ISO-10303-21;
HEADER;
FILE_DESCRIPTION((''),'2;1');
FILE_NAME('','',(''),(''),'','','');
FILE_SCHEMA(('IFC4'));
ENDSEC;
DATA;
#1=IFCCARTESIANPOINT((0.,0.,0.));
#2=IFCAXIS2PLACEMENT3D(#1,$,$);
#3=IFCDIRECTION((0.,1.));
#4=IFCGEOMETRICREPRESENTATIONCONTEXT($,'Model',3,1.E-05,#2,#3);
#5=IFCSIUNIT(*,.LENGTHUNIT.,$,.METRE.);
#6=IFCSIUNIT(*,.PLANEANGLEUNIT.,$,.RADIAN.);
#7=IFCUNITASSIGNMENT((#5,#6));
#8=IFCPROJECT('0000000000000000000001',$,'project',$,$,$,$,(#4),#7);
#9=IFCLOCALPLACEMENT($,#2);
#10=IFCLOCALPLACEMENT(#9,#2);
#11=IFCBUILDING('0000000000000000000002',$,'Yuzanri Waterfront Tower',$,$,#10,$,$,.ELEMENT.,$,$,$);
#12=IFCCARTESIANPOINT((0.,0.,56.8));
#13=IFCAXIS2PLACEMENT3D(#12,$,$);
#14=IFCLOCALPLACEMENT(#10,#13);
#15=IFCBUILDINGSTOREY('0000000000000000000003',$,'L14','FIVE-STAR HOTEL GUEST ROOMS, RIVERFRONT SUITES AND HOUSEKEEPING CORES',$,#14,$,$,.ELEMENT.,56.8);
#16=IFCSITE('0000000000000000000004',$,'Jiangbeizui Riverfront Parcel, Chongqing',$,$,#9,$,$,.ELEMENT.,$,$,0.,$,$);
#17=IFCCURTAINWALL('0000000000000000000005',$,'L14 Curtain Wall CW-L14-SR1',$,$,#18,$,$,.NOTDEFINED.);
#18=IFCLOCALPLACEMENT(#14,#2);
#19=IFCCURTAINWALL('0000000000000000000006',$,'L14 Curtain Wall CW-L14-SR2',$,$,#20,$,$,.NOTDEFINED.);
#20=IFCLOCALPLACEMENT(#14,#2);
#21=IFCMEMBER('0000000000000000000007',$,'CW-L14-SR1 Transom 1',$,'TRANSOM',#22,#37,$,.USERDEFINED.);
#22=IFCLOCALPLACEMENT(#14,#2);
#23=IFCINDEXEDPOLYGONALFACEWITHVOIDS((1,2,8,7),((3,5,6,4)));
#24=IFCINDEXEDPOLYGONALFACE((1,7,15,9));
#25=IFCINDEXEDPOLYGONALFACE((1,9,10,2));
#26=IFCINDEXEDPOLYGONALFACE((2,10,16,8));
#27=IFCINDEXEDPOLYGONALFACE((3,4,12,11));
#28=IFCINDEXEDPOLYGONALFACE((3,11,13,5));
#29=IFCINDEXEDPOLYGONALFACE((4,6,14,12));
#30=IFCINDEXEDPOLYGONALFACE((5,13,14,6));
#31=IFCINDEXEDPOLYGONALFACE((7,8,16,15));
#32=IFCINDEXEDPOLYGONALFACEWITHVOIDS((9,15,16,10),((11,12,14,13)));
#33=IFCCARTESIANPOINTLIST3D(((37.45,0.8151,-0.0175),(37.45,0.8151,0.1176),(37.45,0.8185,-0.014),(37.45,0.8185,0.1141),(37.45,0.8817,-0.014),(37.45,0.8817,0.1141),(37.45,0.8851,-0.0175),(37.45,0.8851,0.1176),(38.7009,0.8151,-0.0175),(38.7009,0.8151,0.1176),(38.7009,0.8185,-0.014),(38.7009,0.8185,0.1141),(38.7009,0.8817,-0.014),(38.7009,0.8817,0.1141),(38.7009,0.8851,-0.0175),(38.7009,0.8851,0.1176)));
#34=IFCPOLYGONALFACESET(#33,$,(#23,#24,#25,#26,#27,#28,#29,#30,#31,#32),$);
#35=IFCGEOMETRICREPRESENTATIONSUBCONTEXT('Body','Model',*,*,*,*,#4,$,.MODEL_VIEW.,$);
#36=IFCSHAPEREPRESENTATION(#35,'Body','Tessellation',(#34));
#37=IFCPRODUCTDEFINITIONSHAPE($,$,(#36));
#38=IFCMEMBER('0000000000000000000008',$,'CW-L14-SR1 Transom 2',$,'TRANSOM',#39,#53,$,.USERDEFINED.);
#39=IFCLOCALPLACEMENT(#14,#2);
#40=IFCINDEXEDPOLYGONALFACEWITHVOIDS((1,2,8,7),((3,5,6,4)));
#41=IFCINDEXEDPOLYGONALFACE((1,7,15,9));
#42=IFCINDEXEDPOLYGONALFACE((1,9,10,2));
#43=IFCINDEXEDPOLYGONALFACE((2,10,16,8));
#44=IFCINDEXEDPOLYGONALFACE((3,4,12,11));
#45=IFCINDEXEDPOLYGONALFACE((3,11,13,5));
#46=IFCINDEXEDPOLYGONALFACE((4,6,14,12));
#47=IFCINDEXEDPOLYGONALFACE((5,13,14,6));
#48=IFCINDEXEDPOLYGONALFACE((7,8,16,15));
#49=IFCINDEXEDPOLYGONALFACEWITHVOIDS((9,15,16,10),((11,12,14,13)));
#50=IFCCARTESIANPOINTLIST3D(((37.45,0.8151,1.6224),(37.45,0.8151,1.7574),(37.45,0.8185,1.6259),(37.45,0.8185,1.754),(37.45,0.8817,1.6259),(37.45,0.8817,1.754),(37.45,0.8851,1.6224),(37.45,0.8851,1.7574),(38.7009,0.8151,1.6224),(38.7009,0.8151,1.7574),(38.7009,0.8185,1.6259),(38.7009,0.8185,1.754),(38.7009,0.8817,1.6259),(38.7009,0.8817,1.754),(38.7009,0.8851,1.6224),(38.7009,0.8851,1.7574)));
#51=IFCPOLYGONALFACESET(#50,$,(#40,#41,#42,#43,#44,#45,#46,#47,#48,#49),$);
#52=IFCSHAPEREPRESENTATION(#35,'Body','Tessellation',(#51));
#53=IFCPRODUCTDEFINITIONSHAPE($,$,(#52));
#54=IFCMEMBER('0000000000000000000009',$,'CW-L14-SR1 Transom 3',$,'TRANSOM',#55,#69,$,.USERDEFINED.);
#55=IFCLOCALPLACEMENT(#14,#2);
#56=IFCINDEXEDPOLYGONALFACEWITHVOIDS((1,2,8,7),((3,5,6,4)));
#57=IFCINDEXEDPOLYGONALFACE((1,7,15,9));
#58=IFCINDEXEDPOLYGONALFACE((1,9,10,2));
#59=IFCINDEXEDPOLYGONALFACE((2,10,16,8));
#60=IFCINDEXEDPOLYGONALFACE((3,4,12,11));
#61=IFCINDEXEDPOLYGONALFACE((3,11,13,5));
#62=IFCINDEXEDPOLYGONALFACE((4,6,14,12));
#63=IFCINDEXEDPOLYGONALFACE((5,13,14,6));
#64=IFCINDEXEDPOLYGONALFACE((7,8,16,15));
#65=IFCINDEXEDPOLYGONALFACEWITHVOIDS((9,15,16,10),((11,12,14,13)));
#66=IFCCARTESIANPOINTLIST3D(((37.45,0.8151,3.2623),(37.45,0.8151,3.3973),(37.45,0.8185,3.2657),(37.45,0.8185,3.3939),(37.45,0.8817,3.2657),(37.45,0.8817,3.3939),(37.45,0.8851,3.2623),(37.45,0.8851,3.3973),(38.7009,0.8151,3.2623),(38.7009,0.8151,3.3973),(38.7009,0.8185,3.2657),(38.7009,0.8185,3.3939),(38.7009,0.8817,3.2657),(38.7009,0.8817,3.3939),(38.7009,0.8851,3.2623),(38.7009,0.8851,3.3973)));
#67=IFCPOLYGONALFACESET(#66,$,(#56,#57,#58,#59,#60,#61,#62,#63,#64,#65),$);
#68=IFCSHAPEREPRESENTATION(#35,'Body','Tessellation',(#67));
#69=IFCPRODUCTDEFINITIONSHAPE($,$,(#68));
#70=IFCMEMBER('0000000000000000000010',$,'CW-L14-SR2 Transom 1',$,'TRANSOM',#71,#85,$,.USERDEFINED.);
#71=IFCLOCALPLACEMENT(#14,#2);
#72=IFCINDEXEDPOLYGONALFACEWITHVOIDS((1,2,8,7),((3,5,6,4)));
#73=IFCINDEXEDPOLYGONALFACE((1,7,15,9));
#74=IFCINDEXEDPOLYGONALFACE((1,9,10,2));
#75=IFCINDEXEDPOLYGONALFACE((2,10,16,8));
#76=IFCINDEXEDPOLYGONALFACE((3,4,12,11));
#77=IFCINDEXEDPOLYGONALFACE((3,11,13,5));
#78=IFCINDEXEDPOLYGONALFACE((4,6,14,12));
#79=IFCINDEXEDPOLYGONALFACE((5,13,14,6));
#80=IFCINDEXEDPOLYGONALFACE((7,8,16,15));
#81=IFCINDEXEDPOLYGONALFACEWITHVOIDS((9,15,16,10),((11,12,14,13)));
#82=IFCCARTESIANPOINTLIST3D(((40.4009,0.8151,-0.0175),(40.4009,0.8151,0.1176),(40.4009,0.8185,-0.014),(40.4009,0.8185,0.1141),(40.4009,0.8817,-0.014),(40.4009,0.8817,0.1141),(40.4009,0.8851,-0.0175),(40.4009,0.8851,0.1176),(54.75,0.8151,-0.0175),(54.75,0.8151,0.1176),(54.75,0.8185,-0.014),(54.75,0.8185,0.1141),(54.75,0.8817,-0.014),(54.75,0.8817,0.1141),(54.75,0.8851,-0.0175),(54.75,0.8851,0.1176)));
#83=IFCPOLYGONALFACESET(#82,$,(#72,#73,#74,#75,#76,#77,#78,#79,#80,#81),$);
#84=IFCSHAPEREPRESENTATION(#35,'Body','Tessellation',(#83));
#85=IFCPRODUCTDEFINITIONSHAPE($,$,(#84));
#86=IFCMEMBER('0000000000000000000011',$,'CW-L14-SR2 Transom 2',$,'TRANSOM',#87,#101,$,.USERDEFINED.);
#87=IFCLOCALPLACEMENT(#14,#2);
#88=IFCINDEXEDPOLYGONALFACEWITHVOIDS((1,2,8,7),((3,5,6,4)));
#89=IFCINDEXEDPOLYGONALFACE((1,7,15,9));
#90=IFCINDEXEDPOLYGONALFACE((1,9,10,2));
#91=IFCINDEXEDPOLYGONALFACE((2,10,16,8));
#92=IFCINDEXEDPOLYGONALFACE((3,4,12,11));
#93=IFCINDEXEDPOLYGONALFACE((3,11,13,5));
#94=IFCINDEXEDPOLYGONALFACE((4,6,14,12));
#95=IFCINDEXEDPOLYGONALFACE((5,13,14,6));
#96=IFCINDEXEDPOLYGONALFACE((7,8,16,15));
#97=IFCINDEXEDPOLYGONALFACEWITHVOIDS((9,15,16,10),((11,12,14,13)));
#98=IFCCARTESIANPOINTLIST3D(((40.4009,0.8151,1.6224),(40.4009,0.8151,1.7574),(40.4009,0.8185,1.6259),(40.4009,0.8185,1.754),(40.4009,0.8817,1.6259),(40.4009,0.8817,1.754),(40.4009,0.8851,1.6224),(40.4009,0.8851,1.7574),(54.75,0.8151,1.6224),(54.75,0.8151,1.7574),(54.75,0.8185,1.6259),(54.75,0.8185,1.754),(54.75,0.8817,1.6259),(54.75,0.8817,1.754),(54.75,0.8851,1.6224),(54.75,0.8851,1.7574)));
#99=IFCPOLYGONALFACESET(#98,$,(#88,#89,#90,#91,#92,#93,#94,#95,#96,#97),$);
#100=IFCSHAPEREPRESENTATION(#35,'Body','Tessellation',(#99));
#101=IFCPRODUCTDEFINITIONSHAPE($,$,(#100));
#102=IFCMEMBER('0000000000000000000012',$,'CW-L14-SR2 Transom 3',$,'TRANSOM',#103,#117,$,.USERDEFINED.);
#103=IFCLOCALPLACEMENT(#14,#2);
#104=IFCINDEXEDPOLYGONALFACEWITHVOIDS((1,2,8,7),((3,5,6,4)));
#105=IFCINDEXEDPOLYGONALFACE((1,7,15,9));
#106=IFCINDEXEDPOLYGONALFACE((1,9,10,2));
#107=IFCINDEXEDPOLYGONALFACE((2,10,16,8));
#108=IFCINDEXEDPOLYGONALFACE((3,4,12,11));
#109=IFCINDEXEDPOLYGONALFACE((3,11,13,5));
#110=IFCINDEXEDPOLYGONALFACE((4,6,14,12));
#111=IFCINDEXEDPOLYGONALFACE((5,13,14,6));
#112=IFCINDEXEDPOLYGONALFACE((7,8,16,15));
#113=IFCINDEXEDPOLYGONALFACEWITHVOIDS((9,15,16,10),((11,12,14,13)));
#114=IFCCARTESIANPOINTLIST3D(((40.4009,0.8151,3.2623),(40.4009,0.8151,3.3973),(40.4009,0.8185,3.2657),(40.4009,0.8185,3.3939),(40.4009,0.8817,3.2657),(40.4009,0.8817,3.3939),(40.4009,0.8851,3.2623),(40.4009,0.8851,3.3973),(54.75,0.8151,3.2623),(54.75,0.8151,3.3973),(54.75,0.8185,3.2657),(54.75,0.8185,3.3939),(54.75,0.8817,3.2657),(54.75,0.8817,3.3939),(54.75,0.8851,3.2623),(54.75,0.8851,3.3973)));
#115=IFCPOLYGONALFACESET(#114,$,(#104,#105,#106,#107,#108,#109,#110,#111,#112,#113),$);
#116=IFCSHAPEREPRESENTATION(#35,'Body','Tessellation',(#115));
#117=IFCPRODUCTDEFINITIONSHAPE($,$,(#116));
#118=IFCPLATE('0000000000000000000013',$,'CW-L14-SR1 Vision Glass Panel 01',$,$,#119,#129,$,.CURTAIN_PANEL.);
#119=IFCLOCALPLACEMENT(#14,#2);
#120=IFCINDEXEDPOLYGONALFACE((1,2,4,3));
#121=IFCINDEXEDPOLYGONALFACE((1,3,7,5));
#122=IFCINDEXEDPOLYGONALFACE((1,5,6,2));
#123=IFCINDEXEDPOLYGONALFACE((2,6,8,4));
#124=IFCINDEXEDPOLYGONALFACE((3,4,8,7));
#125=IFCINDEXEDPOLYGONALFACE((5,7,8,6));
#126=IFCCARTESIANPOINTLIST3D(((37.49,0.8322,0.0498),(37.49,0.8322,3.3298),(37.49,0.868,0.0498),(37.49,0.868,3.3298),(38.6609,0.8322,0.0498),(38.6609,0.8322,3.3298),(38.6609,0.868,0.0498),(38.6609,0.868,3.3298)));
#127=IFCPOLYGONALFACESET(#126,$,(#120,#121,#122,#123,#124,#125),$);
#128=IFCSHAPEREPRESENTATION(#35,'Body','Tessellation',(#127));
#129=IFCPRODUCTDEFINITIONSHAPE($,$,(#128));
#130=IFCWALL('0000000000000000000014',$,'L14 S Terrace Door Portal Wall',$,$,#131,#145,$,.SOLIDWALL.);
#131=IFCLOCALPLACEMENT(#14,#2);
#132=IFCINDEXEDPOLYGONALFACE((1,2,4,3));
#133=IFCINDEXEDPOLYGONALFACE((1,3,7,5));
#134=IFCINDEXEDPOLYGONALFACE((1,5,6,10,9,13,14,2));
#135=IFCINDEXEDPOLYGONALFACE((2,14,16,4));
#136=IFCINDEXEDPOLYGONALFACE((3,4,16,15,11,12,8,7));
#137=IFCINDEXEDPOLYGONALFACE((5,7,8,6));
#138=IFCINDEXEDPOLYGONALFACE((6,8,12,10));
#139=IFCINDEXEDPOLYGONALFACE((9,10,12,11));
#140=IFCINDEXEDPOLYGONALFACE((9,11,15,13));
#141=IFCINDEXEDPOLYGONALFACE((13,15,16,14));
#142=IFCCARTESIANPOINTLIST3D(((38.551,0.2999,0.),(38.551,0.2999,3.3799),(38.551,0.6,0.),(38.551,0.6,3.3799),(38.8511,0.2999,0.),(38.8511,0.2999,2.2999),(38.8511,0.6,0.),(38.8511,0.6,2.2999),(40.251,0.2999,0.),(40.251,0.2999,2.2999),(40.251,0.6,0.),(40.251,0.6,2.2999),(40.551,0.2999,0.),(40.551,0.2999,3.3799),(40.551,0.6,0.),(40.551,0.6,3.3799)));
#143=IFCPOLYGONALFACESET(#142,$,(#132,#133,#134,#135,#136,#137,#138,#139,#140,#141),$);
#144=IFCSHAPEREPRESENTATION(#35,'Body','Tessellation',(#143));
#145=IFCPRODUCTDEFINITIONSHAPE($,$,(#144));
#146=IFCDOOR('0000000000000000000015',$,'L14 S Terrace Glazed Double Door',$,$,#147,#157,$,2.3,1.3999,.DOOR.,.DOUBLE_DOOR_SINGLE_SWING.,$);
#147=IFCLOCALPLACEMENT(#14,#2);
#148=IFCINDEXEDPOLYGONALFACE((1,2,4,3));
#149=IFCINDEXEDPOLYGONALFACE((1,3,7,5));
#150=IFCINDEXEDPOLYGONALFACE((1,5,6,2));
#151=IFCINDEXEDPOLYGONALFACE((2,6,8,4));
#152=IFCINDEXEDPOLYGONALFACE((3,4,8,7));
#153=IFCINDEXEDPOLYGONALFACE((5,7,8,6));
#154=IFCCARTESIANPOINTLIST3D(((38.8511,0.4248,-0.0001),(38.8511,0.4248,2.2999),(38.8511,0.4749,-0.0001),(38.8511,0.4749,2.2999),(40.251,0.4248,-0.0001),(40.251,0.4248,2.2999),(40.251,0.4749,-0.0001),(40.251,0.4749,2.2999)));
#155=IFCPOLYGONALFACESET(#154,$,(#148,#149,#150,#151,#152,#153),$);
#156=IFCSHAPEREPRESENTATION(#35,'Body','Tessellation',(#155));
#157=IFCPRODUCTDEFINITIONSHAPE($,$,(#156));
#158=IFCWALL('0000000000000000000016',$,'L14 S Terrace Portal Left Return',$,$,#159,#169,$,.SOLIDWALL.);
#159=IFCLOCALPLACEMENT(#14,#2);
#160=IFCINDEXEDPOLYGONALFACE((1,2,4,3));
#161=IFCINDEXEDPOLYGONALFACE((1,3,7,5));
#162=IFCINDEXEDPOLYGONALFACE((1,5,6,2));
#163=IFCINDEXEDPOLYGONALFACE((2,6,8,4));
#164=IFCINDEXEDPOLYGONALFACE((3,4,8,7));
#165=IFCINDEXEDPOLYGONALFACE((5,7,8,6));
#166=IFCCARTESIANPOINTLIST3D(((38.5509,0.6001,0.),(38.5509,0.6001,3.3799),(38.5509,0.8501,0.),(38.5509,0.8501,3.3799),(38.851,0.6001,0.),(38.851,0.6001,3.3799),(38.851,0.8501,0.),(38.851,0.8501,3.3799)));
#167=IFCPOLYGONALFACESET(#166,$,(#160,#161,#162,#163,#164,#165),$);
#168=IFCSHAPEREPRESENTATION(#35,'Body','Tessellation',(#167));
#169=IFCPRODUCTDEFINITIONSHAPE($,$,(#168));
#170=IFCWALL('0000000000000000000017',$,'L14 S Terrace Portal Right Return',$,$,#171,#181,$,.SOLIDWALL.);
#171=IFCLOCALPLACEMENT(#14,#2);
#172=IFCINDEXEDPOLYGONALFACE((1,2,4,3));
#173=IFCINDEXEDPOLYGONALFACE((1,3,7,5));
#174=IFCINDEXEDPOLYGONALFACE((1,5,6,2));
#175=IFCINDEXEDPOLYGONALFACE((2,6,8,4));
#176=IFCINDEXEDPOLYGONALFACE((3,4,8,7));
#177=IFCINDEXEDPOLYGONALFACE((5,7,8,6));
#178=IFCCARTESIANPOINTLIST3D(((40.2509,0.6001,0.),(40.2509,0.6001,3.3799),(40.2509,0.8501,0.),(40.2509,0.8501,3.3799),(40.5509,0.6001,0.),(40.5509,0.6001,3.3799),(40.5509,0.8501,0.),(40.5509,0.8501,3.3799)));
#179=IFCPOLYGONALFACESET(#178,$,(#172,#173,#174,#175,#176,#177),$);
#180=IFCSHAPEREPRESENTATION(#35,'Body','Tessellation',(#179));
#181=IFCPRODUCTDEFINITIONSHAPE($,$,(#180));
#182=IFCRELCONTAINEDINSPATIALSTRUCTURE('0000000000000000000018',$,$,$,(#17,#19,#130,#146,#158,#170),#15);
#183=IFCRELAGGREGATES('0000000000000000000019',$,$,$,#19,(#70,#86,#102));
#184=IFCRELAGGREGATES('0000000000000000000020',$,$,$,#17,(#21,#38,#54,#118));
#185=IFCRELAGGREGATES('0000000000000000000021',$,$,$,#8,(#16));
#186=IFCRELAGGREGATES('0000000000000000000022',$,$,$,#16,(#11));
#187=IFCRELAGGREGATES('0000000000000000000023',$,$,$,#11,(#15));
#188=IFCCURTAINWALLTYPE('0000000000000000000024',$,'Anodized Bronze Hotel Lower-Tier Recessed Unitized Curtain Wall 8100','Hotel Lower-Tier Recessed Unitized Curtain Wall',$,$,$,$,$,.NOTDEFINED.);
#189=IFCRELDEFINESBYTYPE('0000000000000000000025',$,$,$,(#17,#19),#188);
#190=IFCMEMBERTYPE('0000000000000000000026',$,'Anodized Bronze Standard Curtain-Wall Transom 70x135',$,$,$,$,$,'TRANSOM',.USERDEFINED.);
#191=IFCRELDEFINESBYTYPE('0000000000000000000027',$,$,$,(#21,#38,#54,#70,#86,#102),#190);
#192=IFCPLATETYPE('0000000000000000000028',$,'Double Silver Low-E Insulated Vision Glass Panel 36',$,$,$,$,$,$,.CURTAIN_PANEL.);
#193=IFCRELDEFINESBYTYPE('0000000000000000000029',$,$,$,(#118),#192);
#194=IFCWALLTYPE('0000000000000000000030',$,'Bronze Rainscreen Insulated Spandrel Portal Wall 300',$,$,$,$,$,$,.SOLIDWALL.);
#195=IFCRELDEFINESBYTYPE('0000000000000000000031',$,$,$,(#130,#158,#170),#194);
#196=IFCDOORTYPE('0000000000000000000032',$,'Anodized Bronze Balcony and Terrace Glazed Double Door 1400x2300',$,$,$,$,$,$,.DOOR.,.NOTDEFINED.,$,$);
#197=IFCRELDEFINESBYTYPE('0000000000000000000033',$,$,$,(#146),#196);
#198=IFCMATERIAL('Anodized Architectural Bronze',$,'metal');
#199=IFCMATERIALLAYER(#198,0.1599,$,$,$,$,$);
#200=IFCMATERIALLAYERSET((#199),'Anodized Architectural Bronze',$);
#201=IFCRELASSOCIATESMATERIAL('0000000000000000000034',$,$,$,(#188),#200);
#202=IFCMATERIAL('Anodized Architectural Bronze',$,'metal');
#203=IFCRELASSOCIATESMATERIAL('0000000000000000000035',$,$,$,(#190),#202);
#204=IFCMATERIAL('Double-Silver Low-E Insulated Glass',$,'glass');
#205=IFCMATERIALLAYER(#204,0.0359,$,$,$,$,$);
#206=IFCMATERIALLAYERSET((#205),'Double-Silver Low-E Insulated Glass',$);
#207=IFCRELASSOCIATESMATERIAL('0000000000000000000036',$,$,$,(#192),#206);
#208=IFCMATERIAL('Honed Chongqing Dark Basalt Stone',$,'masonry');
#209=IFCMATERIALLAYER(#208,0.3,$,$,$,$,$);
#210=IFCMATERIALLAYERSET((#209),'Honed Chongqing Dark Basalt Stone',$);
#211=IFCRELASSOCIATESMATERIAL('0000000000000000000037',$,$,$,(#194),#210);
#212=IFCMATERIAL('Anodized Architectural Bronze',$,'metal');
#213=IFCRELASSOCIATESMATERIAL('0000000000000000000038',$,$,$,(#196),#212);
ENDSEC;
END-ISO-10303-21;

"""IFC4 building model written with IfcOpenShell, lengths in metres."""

from ifc_helpers import new_model, si_unit, direction, frame, frame_2d, origin, origin_2d, place, context, subcontext, project, spatial, rectangle, hollow_rectangle, extrude, source, transform, mapped, material, layer, layer_set, material_profile, profile_set, type_object, element, fill, aggregate, save


model = new_model("IFC4")

# Units and contexts
model_context = context("Model", 3, precision=1e-05, world=origin(), true_north=direction((0.0, 1.0)))
body_context = subcontext(model_context, "Body", "Model", "MODEL_VIEW")
ifc_project = project(units=[si_unit("LENGTHUNIT", "METRE"), si_unit("PLANEANGLEUNIT", "RADIAN")], contexts=[model_context])

# Site, building, storey
site_placement = place(None, origin())
site = spatial("IfcSite", under=ifc_project, at=site_placement, Name="Jiangbeizui Riverfront Parcel, Chongqing", CompositionType="ELEMENT", RefElevation=0.0)
building_placement = place(site_placement, origin())
building = spatial("IfcBuilding", under=site, at=building_placement, Name="Yuzanri Waterfront Tower", CompositionType="ELEMENT")
storey_placement = place(building_placement, frame((0.0, 0.0, 56.8)))
storey = spatial("IfcBuildingStorey", under=building, at=storey_placement, Name="L14", Description="FIVE-STAR HOTEL GUEST ROOMS, RIVERFRONT SUITES AND HOUSEKEEPING CORES", CompositionType="ELEMENT", Elevation=56.8)

# Curtain walls
ifc_material_1 = material(Name="Anodized Architectural Bronze", Category="metal")
ifc_layer_1 = layer(ifc_material_1, 0.1599)
ifc_layer_set_1 = layer_set([ifc_layer_1], Name="Anodized Architectural Bronze")
curtain_wall_type = type_object("IfcCurtainWallType", Name="Anodized Bronze Hotel Lower-Tier Recessed Unitized Curtain Wall 8100", Description="Hotel Lower-Tier Recessed Unitized Curtain Wall", PredefinedType="NOTDEFINED", material=ifc_layer_set_1)
curtain_wall_1_placement = place(storey_placement, origin())
curtain_wall_1 = element("IfcCurtainWall", 1, at=curtain_wall_1_placement, inside=storey, type_object=curtain_wall_type, Name="L14 Curtain Wall CW-L14-SR1", PredefinedType="NOTDEFINED")
curtain_wall_2_placement = place(storey_placement, origin())
curtain_wall_2 = element("IfcCurtainWall", 2, at=curtain_wall_2_placement, inside=storey, type_object=curtain_wall_type, Name="L14 Curtain Wall CW-L14-SR2", PredefinedType="NOTDEFINED")

# Members
ifc_material_2 = material(Name="Anodized Architectural Bronze", Category="metal")
ifc_material_profile_1 = material_profile(ifc_material_2, hollow_rectangle(XDim=0.0701, YDim=0.135, WallThickness=0.0034, at=origin_2d()), Name="CWT 70x135")
ifc_profile_set_1 = profile_set([ifc_material_profile_1], Name="Anodized Architectural Bronze")
member_type_1 = type_object("IfcMemberType", Name="Anodized Bronze Standard Curtain-Wall Transom 70x135", ElementType="TRANSOM", PredefinedType="USERDEFINED", material=ifc_profile_set_1)
shared_shape_1 = source(origin(), body_context, "Body", "SweptSolid", [
    extrude(hollow_rectangle(XDim=0.0701, YDim=0.135, WallThickness=0.0034, at=origin_2d()), origin(), (0.0, 0.0, 1.0), 1.251),
])
member_1_placement = place(storey_placement, frame((37.45, 0.8501, 0.05), z_axis=(1.0, 0.0, 0.0), x_axis=(0.0, 1.0, 0.0)))
member_1 = element("IfcMember", 3, at=member_1_placement, type_object=member_type_1, Name="CW-L14-SR1 Transom 1", ObjectType="TRANSOM", PredefinedType="USERDEFINED", context=body_context, shape_type="MappedRepresentation", body=[
    mapped(shared_shape_1, transform((0.0, 0.0, 0.0), scale=1.0)),
])
member_2_placement = place(storey_placement, frame((37.45, 0.8501, 1.6899), z_axis=(1.0, 0.0, 0.0), x_axis=(0.0, 1.0, 0.0)))
member_2 = element("IfcMember", 4, at=member_2_placement, type_object=member_type_1, Name="CW-L14-SR1 Transom 2", ObjectType="TRANSOM", PredefinedType="USERDEFINED", context=body_context, shape_type="MappedRepresentation", body=[
    mapped(shared_shape_1, transform((0.0, 0.0, 0.0), scale=1.0)),
])
member_3_placement = place(storey_placement, frame((37.45, 0.8501, 3.3298), z_axis=(1.0, 0.0, 0.0), x_axis=(0.0, 1.0, 0.0)))
member_3 = element("IfcMember", 5, at=member_3_placement, type_object=member_type_1, Name="CW-L14-SR1 Transom 3", ObjectType="TRANSOM", PredefinedType="USERDEFINED", context=body_context, shape_type="MappedRepresentation", body=[
    mapped(shared_shape_1, transform((0.0, 0.0, 0.0), scale=1.0)),
])
shared_shape_2 = source(origin(), body_context, "Body", "SweptSolid", [
    extrude(hollow_rectangle(XDim=0.0701, YDim=0.135, WallThickness=0.0034, at=origin_2d()), origin(), (0.0, 0.0, 1.0), 14.3491),
])
member_4_placement = place(storey_placement, frame((40.4009, 0.8501, 0.05), z_axis=(1.0, 0.0, 0.0), x_axis=(0.0, 1.0, 0.0)))
member_4 = element("IfcMember", 6, at=member_4_placement, type_object=member_type_1, Name="CW-L14-SR2 Transom 1", ObjectType="TRANSOM", PredefinedType="USERDEFINED", context=body_context, shape_type="MappedRepresentation", body=[
    mapped(shared_shape_2, transform((0.0, 0.0, 0.0), scale=1.0)),
])
member_5_placement = place(storey_placement, frame((40.4009, 0.8501, 1.6899), z_axis=(1.0, 0.0, 0.0), x_axis=(0.0, 1.0, 0.0)))
member_5 = element("IfcMember", 7, at=member_5_placement, type_object=member_type_1, Name="CW-L14-SR2 Transom 2", ObjectType="TRANSOM", PredefinedType="USERDEFINED", context=body_context, shape_type="MappedRepresentation", body=[
    mapped(shared_shape_2, transform((0.0, 0.0, 0.0), scale=1.0)),
])
member_6_placement = place(storey_placement, frame((40.4009, 0.8501, 3.3298), z_axis=(1.0, 0.0, 0.0), x_axis=(0.0, 1.0, 0.0)))
member_6 = element("IfcMember", 8, at=member_6_placement, type_object=member_type_1, Name="CW-L14-SR2 Transom 3", ObjectType="TRANSOM", PredefinedType="USERDEFINED", context=body_context, shape_type="MappedRepresentation", body=[
    mapped(shared_shape_2, transform((0.0, 0.0, 0.0), scale=1.0)),
])
aggregate(curtain_wall_2, [member_4, member_5, member_6])

# Plate
ifc_material_3 = material(Name="Double-Silver Low-E Insulated Glass", Category="glass")
ifc_layer_2 = layer(ifc_material_3, 0.0359)
ifc_layer_set_2 = layer_set([ifc_layer_2], Name="Double-Silver Low-E Insulated Glass")
plate_type = type_object("IfcPlateType", Name="Double Silver Low-E Insulated Vision Glass Panel 36", PredefinedType="CURTAIN_PANEL", material=ifc_layer_set_2)
shared_shape_3 = source(origin(), body_context, "Body", "SweptSolid", [
    extrude(rectangle(XDim=1.1709, YDim=0.0359, at=origin_2d()), origin(), (0.0, 0.0, 1.0), 3.28),
])
plate_placement = place(storey_placement, frame((38.0754, 0.8501, 0.0498), z_axis=(0.0, 0.0, 1.0), x_axis=(1.0, 0.0, 0.0)))
plate = element("IfcPlate", 9, at=plate_placement, type_object=plate_type, Name="CW-L14-SR1 Vision Glass Panel 01", PredefinedType="CURTAIN_PANEL", context=body_context, shape_type="MappedRepresentation", body=[
    mapped(shared_shape_3, transform((0.0, 0.0, 0.0), scale=1.0)),
])
aggregate(curtain_wall_1, [member_1, member_2, member_3, plate])

# Wall, opening, door
ifc_material_4 = material(Name="Honed Chongqing Dark Basalt Stone", Category="masonry")
ifc_layer_3 = layer(ifc_material_4, 0.3)
ifc_layer_set_3 = layer_set([ifc_layer_3], Name="Honed Chongqing Dark Basalt Stone")
wall_type = type_object("IfcWallType", Name="Bronze Rainscreen Insulated Spandrel Portal Wall 300", PredefinedType="SOLIDWALL", material=ifc_layer_set_3)
wall_placement = place(storey_placement, frame((38.551, 0.45, 0.0), z_axis=(0.0, 0.0, 1.0), x_axis=(1.0, 0.0, 0.0)))
wall = element("IfcWall", 10, at=wall_placement, inside=storey, type_object=wall_type, Name="L14 S Terrace Door Portal Wall", PredefinedType="SOLIDWALL", context=body_context, shape_type="SweptSolid", body=[
    extrude(rectangle(XDim=2.0, YDim=0.3, at=frame_2d((1.0, 0.0))), origin(), (0.0, 0.0, 1.0), 3.3799),
])
opening_placement = place(wall_placement, frame((0.3, 0.0, 0.0)))
opening = element("IfcOpeningElement", 11, at=opening_placement, cuts=wall, PredefinedType="OPENING", context=body_context, shape_type="SweptSolid", body=[
    extrude(rectangle(XDim=1.3999, YDim=2.3, at=frame_2d((0.7, 1.1499))), frame((0.0, 0.165, 0.0), z_axis=(0.0, -1.0, 0.0), x_axis=(1.0, 0.0, 0.0)), (0.0, 0.0, 1.0), 0.3298),
])
ifc_material_5 = material(Name="Anodized Architectural Bronze", Category="metal")
door_type = type_object("IfcDoorType", Name="Anodized Bronze Balcony and Terrace Glazed Double Door 1400x2300", OperationType="NOTDEFINED", PredefinedType="DOOR", material=ifc_material_5)
shared_shape_4 = source(origin(), body_context, "Body", "SweptSolid", [
    extrude(rectangle(XDim=1.3999, YDim=2.3, at=frame_2d((0.7, 1.1499))), frame((0.0, 0.0249, 0.0), z_axis=(0.0, -1.0, 0.0), x_axis=(1.0, 0.0, 0.0)), (0.0, 0.0, 1.0), 0.05),
])
door_placement = place(opening_placement, origin())
door = element("IfcDoor", 12, at=door_placement, inside=storey, type_object=door_type, Name="L14 S Terrace Glazed Double Door", OperationType="DOUBLE_DOOR_SINGLE_SWING", OverallHeight=2.3, OverallWidth=1.3999, PredefinedType="DOOR", context=body_context, shape_type="MappedRepresentation", body=[
    mapped(shared_shape_4, transform((0.0, 0.0, 0.0), scale=1.0)),
])
fill(opening, door)

# Walls
shared_shape_5 = source(origin(), body_context, "Body", "SweptSolid", [
    extrude(rectangle(XDim=0.25, YDim=0.3, at=frame_2d((0.125, 0.0))), origin(), (0.0, 0.0, 1.0), 3.3799),
])
for number, where, z_axis, x_axis, name in (
    (13, (38.7009, 0.8501, 0.0), (0.0, 0.0, 1.0), (0.0, -1.0, 0.0), "L14 S Terrace Portal Left Return"),
    (14, (40.4009, 0.6001, 0.0), (0.0, 0.0, 1.0), (0.0, 1.0, 0.0), "L14 S Terrace Portal Right Return"),
):
    element("IfcWall", number, at=place(storey_placement, frame(where, z_axis=z_axis, x_axis=x_axis)), inside=storey, type_object=wall_type, Name=name, PredefinedType="SOLIDWALL", context=body_context, shape_type="MappedRepresentation", body=[
        mapped(shared_shape_5, transform((0.0, 0.0, 0.0), scale=1.0)),
    ])

save(model, "model.ifc")
